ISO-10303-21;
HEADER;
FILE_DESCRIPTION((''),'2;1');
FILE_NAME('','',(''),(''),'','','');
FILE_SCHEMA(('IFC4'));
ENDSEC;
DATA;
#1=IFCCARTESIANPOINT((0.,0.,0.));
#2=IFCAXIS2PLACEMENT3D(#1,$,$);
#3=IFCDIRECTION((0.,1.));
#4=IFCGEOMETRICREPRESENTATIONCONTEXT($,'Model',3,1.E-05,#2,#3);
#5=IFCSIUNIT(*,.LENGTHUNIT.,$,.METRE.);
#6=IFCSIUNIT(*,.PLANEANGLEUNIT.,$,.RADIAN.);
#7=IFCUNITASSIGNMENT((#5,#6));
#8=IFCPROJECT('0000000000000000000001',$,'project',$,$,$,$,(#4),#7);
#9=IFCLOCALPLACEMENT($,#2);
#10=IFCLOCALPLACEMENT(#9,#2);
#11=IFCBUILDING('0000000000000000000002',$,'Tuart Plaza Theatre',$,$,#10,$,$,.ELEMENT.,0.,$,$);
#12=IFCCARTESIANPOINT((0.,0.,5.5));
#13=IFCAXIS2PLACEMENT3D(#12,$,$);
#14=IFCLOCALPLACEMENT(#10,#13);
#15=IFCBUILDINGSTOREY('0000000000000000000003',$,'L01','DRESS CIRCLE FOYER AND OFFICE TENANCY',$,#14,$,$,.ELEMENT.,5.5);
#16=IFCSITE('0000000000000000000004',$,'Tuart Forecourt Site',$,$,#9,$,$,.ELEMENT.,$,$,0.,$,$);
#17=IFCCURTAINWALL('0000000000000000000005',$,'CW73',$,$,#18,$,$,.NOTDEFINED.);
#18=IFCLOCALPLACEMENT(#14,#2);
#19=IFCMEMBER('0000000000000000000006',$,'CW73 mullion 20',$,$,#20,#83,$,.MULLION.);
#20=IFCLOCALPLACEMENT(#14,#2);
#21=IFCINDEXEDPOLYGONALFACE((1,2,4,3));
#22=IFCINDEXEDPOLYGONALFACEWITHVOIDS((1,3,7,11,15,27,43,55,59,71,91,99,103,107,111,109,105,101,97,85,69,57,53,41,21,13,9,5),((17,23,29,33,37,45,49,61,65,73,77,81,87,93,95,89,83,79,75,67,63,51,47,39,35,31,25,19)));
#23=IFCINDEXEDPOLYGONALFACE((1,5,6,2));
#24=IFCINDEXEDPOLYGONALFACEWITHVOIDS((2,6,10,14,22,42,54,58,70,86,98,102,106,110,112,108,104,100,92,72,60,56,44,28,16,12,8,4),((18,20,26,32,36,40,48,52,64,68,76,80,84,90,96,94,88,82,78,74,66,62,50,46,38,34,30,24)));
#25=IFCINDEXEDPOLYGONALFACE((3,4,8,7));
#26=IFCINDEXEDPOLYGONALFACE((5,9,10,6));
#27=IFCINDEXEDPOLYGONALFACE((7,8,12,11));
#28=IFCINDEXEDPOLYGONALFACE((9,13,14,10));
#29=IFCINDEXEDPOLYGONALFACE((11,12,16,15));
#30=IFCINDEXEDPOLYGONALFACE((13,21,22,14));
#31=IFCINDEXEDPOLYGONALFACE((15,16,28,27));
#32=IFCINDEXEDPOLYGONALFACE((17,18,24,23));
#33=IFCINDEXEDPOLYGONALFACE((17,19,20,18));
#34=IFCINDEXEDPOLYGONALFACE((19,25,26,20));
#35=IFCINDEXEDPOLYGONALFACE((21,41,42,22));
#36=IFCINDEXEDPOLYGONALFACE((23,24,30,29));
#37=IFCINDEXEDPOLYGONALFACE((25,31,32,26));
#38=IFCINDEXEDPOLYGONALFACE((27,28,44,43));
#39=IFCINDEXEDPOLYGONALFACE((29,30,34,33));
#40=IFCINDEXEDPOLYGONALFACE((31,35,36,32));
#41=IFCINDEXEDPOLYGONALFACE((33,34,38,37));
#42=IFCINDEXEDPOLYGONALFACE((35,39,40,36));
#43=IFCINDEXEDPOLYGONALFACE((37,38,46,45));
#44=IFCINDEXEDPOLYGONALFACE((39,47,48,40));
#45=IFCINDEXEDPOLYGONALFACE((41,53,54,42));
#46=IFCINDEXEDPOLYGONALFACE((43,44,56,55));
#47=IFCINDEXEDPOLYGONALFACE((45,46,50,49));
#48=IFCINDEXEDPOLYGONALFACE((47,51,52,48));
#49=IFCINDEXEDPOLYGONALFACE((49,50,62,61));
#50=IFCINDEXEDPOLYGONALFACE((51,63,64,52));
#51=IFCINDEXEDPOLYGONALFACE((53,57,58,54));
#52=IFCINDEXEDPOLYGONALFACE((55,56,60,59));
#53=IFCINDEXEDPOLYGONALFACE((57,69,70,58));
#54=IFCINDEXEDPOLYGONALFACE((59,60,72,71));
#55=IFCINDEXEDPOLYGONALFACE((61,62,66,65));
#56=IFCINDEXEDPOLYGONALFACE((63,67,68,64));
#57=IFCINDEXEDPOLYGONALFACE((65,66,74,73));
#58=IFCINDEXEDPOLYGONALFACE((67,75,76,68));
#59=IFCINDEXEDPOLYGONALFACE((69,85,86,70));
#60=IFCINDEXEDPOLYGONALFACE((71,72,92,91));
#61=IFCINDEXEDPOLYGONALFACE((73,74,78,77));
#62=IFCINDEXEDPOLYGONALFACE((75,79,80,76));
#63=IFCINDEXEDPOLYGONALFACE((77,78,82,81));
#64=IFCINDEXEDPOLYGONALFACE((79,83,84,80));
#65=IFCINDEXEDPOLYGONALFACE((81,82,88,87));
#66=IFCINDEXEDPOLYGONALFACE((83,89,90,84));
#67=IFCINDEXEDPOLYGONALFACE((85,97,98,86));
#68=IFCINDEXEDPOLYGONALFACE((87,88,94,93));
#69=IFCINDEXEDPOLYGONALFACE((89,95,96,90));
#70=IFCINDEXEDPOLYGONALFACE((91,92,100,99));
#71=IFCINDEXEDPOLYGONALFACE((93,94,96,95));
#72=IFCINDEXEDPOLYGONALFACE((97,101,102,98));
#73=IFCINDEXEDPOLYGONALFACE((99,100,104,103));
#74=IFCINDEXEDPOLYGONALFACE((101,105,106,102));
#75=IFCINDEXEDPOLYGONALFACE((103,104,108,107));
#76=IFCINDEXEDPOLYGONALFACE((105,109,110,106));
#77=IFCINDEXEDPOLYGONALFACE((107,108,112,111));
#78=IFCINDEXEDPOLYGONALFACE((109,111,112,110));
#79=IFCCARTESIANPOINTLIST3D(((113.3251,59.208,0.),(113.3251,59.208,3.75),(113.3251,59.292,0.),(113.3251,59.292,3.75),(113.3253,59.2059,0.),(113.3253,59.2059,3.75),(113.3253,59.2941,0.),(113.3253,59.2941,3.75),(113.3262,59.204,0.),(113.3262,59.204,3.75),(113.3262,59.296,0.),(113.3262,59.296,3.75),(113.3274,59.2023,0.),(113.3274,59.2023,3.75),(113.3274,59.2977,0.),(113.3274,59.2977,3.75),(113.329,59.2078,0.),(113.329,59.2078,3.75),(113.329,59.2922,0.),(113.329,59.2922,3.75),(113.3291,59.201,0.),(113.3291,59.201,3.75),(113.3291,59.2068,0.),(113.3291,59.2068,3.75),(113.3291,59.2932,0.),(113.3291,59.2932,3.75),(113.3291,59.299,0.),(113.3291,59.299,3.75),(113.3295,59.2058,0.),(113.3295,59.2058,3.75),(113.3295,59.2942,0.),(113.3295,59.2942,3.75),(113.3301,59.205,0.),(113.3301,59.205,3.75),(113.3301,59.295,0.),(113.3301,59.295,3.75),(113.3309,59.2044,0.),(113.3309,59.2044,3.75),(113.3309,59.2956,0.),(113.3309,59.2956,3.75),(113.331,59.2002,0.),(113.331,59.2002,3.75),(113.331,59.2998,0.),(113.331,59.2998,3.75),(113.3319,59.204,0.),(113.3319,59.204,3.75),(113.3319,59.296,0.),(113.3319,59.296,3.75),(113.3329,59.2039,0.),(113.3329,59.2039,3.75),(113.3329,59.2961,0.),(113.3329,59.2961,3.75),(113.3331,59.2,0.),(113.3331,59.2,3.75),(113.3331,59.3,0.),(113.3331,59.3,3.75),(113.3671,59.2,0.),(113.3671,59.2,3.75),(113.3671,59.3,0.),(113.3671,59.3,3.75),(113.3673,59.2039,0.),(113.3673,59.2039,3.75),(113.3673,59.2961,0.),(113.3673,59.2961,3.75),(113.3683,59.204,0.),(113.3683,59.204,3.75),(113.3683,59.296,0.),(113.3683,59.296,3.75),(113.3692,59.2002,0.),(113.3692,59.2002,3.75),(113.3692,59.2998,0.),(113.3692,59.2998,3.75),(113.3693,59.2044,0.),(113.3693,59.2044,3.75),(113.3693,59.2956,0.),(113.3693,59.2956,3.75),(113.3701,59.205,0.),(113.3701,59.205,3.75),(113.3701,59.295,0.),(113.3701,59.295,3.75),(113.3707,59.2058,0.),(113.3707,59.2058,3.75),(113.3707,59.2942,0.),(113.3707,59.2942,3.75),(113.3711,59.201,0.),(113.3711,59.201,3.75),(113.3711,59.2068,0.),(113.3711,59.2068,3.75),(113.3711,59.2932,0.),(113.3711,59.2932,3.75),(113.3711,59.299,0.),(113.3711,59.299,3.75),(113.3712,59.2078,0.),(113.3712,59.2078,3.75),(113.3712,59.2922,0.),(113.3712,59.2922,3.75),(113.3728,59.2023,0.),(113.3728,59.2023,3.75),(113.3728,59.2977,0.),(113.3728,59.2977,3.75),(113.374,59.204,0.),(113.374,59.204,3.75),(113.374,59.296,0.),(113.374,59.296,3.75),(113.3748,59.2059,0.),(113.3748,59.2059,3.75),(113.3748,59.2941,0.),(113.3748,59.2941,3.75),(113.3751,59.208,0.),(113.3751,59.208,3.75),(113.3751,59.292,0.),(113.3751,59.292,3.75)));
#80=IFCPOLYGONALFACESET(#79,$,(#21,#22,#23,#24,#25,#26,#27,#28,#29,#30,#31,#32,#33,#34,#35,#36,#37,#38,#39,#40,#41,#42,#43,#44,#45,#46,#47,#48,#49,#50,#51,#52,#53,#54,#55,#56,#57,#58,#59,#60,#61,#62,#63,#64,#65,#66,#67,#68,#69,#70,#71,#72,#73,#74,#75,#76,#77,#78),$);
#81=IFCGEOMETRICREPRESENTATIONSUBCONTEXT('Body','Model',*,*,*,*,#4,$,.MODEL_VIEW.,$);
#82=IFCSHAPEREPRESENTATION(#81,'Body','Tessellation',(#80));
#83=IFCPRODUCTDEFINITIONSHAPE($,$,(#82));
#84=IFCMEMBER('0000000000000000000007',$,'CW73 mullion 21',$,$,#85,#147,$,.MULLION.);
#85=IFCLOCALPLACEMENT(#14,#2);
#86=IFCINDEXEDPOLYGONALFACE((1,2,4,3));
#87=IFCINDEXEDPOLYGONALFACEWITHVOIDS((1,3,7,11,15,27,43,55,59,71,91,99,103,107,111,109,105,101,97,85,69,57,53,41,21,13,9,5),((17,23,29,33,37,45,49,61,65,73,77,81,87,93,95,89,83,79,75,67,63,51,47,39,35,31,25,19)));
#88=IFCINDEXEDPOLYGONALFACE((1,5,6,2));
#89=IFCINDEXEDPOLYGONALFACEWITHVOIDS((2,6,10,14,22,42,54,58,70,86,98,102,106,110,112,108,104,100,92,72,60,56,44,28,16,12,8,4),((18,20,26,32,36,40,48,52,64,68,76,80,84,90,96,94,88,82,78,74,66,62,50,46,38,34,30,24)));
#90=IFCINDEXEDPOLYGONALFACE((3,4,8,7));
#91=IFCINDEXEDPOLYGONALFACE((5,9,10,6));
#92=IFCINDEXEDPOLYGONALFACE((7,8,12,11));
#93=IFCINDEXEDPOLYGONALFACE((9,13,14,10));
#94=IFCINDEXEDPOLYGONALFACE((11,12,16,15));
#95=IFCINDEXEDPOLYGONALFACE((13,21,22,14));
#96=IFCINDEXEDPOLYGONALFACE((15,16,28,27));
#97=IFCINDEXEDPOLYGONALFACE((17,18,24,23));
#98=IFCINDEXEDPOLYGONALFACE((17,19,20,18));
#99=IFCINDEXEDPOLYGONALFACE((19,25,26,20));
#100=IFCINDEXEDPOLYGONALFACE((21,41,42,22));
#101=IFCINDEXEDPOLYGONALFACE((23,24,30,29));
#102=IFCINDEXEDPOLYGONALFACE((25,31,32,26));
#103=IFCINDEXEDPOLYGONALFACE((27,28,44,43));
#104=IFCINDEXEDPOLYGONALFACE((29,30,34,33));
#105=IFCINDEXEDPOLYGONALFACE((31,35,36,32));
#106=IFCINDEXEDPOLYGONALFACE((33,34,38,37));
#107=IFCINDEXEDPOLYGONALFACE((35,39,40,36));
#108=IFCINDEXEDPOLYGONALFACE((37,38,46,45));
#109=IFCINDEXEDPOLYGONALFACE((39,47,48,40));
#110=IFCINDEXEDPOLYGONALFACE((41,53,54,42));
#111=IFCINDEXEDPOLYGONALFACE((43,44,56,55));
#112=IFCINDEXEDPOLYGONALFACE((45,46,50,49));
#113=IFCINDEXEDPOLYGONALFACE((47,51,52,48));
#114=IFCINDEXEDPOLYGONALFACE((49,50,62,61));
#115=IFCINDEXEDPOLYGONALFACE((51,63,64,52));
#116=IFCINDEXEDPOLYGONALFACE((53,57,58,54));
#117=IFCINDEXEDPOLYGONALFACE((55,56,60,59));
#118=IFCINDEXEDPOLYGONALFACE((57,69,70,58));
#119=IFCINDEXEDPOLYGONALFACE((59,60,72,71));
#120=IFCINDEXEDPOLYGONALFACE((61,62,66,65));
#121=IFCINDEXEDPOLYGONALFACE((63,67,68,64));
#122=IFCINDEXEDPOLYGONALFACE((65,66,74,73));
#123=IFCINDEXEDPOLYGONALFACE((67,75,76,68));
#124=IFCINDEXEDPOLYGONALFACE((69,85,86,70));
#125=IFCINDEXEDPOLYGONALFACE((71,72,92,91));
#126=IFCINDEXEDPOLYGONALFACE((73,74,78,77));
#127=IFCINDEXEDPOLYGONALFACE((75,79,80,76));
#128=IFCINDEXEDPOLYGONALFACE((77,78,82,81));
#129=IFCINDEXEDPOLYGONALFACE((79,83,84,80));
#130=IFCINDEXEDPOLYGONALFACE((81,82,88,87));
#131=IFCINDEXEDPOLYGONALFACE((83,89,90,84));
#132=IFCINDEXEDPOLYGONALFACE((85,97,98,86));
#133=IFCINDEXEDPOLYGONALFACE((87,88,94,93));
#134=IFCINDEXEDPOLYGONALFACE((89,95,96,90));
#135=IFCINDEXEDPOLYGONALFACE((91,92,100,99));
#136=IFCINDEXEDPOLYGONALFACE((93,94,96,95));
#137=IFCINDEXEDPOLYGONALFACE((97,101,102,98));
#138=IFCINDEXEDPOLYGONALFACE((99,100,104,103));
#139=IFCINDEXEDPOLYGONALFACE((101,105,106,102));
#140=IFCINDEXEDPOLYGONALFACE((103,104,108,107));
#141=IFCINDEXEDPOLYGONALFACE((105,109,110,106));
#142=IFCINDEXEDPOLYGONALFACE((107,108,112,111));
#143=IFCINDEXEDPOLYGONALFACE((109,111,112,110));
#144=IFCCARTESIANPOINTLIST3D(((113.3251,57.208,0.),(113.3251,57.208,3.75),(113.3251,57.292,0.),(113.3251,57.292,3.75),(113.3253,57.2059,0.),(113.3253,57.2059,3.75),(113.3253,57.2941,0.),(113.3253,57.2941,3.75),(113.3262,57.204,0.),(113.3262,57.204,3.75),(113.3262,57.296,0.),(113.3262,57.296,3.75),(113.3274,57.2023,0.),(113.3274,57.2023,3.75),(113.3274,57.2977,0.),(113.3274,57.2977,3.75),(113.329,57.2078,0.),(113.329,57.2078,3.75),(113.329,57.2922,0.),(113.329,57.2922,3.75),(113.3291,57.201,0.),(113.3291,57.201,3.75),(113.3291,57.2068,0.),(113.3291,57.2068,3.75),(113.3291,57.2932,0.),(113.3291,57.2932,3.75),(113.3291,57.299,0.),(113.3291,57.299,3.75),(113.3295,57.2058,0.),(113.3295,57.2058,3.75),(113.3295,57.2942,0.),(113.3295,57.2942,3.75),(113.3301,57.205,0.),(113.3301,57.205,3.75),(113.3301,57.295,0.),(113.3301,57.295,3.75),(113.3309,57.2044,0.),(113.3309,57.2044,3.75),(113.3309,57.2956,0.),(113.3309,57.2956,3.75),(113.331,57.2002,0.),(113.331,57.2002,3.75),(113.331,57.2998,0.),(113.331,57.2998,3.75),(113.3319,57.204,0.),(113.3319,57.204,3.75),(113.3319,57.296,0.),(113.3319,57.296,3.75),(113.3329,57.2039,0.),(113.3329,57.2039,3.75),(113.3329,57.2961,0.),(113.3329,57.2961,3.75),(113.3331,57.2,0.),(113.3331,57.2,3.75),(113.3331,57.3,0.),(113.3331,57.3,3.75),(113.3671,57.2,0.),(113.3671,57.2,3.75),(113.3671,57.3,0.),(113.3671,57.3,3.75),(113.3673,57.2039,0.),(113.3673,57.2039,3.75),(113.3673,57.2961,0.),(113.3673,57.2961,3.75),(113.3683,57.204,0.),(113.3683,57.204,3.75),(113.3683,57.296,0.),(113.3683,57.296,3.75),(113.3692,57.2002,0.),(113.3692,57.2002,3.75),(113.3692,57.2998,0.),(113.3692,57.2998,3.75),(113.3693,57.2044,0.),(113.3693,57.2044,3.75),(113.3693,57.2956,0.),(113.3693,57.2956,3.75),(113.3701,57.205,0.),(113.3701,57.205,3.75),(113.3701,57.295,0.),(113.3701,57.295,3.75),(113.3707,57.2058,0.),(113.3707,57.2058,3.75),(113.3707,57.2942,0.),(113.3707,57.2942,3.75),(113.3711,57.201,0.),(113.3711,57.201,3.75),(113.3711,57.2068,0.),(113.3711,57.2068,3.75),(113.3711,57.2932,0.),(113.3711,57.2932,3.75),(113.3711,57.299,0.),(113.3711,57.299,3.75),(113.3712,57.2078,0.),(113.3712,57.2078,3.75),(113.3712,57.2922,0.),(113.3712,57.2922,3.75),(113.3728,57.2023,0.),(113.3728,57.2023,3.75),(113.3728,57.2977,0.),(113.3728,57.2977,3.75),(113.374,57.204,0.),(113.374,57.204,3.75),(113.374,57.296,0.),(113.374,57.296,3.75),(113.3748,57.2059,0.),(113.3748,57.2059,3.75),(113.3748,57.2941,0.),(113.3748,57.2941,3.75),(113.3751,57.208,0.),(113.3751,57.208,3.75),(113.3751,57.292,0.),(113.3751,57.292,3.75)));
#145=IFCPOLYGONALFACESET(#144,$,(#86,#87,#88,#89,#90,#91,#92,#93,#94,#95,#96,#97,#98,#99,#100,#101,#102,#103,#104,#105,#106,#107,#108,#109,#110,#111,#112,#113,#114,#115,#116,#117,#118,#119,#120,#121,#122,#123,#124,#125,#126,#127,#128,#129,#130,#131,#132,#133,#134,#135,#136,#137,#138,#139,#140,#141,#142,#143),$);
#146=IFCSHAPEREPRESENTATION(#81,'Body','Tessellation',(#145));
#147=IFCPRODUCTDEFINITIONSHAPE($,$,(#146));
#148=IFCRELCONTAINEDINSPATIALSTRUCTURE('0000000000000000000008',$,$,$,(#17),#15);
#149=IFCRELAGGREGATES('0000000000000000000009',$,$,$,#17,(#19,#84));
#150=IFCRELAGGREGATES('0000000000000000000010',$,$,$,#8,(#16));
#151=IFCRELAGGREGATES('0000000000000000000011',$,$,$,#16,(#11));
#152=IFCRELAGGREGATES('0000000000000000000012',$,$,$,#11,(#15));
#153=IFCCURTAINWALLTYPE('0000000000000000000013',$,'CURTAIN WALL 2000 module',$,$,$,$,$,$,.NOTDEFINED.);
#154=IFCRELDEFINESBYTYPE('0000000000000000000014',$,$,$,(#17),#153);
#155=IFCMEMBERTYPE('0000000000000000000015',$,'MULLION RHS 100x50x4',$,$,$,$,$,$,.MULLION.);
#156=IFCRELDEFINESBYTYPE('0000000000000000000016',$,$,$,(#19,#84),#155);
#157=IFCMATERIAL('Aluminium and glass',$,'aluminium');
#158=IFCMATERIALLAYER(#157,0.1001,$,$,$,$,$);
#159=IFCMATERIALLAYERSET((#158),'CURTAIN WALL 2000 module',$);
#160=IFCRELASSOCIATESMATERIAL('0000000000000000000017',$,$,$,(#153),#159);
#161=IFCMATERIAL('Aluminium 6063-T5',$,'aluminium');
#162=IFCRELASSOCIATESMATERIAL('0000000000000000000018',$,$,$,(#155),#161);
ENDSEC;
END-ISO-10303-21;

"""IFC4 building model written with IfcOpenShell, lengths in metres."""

from ifc_helpers import new_model, si_unit, direction, frame, origin, origin_2d, place, context, subcontext, project, spatial, hollow_rectangle, extrude, material, layer, layer_set, material_profile, profile_set, type_object, element, aggregate, save


model = new_model("IFC4")

# Units and contexts
model_context = context("Model", 3, precision=1e-05, world=origin(), true_north=direction((0.0, 1.0)))
body_context = subcontext(model_context, "Body", "Model", "MODEL_VIEW")
ifc_project = project(units=[si_unit("LENGTHUNIT", "METRE"), si_unit("PLANEANGLEUNIT", "RADIAN")], contexts=[model_context])

# Site, building, storey
site_placement = place(None, origin())
site = spatial("IfcSite", under=ifc_project, at=site_placement, Name="Tuart Forecourt Site", CompositionType="ELEMENT", RefElevation=0.0)
building_placement = place(site_placement, origin())
building = spatial("IfcBuilding", under=site, at=building_placement, Name="Tuart Plaza Theatre", CompositionType="ELEMENT", ElevationOfRefHeight=0.0)
storey_placement = place(building_placement, frame((0.0, 0.0, 5.5)))
storey = spatial("IfcBuildingStorey", under=building, at=storey_placement, Name="L01", Description="DRESS CIRCLE FOYER AND OFFICE TENANCY", CompositionType="ELEMENT", Elevation=5.5)

# Curtain wall, members
ifc_material_1 = material(Name="Aluminium and glass", Category="aluminium")
ifc_layer_1 = layer(ifc_material_1, 0.1001)
ifc_layer_set_1 = layer_set([ifc_layer_1], Name="CURTAIN WALL 2000 module")
curtain_wall_type_1 = type_object("IfcCurtainWallType", Name="CURTAIN WALL 2000 module", PredefinedType="NOTDEFINED", material=ifc_layer_set_1)
curtain_wall_1_placement = place(storey_placement, origin())
curtain_wall_1 = element("IfcCurtainWall", 1, at=curtain_wall_1_placement, inside=storey, type_object=curtain_wall_type_1, Name="CW73", PredefinedType="NOTDEFINED")
ifc_material_2 = material(Name="Aluminium 6063-T5", Category="aluminium")
ifc_material_profile_1 = material_profile(ifc_material_2, hollow_rectangle(XDim=0.05, YDim=0.1001, WallThickness=0.0039, InnerFilletRadius=0.0039, OuterFilletRadius=0.0081, at=origin_2d()), Name="RHS 100x50x4")
ifc_profile_set_1 = profile_set([ifc_material_profile_1], Name="Aluminium 6063-T5")
member_type_1 = type_object("IfcMemberType", Name="MULLION RHS 100x50x4", PredefinedType="MULLION", material=ifc_profile_set_1)
member_1_placement = place(storey_placement, frame((113.3501, 59.25, 0.0), z_axis=(0.0, 0.0, 1.0), x_axis=(1.0, 0.0, 0.0)))
member_1 = element("IfcMember", 2, at=member_1_placement, type_object=member_type_1, Name="CW73 mullion 20", PredefinedType="MULLION", context=body_context, shape_type="SweptSolid", body=[
    extrude(hollow_rectangle(XDim=0.05, YDim=0.1001, WallThickness=0.0039, InnerFilletRadius=0.0039, OuterFilletRadius=0.0081, at=origin_2d()), origin(), (0.0, 0.0, 1.0), 3.75),
])
member_2_placement = place(storey_placement, frame((113.3501, 57.25, 0.0), z_axis=(0.0, 0.0, 1.0), x_axis=(1.0, 0.0, 0.0)))
member_2 = element("IfcMember", 3, at=member_2_placement, type_object=member_type_1, Name="CW73 mullion 21", PredefinedType="MULLION", context=body_context, shape_type="SweptSolid", body=[
    extrude(hollow_rectangle(XDim=0.05, YDim=0.1001, WallThickness=0.0039, InnerFilletRadius=0.0039, OuterFilletRadius=0.0081, at=origin_2d()), origin(), (0.0, 0.0, 1.0), 3.75),
])

aggregate(curtain_wall_1, [member_1, member_2])

save(model, "model.ifc")
